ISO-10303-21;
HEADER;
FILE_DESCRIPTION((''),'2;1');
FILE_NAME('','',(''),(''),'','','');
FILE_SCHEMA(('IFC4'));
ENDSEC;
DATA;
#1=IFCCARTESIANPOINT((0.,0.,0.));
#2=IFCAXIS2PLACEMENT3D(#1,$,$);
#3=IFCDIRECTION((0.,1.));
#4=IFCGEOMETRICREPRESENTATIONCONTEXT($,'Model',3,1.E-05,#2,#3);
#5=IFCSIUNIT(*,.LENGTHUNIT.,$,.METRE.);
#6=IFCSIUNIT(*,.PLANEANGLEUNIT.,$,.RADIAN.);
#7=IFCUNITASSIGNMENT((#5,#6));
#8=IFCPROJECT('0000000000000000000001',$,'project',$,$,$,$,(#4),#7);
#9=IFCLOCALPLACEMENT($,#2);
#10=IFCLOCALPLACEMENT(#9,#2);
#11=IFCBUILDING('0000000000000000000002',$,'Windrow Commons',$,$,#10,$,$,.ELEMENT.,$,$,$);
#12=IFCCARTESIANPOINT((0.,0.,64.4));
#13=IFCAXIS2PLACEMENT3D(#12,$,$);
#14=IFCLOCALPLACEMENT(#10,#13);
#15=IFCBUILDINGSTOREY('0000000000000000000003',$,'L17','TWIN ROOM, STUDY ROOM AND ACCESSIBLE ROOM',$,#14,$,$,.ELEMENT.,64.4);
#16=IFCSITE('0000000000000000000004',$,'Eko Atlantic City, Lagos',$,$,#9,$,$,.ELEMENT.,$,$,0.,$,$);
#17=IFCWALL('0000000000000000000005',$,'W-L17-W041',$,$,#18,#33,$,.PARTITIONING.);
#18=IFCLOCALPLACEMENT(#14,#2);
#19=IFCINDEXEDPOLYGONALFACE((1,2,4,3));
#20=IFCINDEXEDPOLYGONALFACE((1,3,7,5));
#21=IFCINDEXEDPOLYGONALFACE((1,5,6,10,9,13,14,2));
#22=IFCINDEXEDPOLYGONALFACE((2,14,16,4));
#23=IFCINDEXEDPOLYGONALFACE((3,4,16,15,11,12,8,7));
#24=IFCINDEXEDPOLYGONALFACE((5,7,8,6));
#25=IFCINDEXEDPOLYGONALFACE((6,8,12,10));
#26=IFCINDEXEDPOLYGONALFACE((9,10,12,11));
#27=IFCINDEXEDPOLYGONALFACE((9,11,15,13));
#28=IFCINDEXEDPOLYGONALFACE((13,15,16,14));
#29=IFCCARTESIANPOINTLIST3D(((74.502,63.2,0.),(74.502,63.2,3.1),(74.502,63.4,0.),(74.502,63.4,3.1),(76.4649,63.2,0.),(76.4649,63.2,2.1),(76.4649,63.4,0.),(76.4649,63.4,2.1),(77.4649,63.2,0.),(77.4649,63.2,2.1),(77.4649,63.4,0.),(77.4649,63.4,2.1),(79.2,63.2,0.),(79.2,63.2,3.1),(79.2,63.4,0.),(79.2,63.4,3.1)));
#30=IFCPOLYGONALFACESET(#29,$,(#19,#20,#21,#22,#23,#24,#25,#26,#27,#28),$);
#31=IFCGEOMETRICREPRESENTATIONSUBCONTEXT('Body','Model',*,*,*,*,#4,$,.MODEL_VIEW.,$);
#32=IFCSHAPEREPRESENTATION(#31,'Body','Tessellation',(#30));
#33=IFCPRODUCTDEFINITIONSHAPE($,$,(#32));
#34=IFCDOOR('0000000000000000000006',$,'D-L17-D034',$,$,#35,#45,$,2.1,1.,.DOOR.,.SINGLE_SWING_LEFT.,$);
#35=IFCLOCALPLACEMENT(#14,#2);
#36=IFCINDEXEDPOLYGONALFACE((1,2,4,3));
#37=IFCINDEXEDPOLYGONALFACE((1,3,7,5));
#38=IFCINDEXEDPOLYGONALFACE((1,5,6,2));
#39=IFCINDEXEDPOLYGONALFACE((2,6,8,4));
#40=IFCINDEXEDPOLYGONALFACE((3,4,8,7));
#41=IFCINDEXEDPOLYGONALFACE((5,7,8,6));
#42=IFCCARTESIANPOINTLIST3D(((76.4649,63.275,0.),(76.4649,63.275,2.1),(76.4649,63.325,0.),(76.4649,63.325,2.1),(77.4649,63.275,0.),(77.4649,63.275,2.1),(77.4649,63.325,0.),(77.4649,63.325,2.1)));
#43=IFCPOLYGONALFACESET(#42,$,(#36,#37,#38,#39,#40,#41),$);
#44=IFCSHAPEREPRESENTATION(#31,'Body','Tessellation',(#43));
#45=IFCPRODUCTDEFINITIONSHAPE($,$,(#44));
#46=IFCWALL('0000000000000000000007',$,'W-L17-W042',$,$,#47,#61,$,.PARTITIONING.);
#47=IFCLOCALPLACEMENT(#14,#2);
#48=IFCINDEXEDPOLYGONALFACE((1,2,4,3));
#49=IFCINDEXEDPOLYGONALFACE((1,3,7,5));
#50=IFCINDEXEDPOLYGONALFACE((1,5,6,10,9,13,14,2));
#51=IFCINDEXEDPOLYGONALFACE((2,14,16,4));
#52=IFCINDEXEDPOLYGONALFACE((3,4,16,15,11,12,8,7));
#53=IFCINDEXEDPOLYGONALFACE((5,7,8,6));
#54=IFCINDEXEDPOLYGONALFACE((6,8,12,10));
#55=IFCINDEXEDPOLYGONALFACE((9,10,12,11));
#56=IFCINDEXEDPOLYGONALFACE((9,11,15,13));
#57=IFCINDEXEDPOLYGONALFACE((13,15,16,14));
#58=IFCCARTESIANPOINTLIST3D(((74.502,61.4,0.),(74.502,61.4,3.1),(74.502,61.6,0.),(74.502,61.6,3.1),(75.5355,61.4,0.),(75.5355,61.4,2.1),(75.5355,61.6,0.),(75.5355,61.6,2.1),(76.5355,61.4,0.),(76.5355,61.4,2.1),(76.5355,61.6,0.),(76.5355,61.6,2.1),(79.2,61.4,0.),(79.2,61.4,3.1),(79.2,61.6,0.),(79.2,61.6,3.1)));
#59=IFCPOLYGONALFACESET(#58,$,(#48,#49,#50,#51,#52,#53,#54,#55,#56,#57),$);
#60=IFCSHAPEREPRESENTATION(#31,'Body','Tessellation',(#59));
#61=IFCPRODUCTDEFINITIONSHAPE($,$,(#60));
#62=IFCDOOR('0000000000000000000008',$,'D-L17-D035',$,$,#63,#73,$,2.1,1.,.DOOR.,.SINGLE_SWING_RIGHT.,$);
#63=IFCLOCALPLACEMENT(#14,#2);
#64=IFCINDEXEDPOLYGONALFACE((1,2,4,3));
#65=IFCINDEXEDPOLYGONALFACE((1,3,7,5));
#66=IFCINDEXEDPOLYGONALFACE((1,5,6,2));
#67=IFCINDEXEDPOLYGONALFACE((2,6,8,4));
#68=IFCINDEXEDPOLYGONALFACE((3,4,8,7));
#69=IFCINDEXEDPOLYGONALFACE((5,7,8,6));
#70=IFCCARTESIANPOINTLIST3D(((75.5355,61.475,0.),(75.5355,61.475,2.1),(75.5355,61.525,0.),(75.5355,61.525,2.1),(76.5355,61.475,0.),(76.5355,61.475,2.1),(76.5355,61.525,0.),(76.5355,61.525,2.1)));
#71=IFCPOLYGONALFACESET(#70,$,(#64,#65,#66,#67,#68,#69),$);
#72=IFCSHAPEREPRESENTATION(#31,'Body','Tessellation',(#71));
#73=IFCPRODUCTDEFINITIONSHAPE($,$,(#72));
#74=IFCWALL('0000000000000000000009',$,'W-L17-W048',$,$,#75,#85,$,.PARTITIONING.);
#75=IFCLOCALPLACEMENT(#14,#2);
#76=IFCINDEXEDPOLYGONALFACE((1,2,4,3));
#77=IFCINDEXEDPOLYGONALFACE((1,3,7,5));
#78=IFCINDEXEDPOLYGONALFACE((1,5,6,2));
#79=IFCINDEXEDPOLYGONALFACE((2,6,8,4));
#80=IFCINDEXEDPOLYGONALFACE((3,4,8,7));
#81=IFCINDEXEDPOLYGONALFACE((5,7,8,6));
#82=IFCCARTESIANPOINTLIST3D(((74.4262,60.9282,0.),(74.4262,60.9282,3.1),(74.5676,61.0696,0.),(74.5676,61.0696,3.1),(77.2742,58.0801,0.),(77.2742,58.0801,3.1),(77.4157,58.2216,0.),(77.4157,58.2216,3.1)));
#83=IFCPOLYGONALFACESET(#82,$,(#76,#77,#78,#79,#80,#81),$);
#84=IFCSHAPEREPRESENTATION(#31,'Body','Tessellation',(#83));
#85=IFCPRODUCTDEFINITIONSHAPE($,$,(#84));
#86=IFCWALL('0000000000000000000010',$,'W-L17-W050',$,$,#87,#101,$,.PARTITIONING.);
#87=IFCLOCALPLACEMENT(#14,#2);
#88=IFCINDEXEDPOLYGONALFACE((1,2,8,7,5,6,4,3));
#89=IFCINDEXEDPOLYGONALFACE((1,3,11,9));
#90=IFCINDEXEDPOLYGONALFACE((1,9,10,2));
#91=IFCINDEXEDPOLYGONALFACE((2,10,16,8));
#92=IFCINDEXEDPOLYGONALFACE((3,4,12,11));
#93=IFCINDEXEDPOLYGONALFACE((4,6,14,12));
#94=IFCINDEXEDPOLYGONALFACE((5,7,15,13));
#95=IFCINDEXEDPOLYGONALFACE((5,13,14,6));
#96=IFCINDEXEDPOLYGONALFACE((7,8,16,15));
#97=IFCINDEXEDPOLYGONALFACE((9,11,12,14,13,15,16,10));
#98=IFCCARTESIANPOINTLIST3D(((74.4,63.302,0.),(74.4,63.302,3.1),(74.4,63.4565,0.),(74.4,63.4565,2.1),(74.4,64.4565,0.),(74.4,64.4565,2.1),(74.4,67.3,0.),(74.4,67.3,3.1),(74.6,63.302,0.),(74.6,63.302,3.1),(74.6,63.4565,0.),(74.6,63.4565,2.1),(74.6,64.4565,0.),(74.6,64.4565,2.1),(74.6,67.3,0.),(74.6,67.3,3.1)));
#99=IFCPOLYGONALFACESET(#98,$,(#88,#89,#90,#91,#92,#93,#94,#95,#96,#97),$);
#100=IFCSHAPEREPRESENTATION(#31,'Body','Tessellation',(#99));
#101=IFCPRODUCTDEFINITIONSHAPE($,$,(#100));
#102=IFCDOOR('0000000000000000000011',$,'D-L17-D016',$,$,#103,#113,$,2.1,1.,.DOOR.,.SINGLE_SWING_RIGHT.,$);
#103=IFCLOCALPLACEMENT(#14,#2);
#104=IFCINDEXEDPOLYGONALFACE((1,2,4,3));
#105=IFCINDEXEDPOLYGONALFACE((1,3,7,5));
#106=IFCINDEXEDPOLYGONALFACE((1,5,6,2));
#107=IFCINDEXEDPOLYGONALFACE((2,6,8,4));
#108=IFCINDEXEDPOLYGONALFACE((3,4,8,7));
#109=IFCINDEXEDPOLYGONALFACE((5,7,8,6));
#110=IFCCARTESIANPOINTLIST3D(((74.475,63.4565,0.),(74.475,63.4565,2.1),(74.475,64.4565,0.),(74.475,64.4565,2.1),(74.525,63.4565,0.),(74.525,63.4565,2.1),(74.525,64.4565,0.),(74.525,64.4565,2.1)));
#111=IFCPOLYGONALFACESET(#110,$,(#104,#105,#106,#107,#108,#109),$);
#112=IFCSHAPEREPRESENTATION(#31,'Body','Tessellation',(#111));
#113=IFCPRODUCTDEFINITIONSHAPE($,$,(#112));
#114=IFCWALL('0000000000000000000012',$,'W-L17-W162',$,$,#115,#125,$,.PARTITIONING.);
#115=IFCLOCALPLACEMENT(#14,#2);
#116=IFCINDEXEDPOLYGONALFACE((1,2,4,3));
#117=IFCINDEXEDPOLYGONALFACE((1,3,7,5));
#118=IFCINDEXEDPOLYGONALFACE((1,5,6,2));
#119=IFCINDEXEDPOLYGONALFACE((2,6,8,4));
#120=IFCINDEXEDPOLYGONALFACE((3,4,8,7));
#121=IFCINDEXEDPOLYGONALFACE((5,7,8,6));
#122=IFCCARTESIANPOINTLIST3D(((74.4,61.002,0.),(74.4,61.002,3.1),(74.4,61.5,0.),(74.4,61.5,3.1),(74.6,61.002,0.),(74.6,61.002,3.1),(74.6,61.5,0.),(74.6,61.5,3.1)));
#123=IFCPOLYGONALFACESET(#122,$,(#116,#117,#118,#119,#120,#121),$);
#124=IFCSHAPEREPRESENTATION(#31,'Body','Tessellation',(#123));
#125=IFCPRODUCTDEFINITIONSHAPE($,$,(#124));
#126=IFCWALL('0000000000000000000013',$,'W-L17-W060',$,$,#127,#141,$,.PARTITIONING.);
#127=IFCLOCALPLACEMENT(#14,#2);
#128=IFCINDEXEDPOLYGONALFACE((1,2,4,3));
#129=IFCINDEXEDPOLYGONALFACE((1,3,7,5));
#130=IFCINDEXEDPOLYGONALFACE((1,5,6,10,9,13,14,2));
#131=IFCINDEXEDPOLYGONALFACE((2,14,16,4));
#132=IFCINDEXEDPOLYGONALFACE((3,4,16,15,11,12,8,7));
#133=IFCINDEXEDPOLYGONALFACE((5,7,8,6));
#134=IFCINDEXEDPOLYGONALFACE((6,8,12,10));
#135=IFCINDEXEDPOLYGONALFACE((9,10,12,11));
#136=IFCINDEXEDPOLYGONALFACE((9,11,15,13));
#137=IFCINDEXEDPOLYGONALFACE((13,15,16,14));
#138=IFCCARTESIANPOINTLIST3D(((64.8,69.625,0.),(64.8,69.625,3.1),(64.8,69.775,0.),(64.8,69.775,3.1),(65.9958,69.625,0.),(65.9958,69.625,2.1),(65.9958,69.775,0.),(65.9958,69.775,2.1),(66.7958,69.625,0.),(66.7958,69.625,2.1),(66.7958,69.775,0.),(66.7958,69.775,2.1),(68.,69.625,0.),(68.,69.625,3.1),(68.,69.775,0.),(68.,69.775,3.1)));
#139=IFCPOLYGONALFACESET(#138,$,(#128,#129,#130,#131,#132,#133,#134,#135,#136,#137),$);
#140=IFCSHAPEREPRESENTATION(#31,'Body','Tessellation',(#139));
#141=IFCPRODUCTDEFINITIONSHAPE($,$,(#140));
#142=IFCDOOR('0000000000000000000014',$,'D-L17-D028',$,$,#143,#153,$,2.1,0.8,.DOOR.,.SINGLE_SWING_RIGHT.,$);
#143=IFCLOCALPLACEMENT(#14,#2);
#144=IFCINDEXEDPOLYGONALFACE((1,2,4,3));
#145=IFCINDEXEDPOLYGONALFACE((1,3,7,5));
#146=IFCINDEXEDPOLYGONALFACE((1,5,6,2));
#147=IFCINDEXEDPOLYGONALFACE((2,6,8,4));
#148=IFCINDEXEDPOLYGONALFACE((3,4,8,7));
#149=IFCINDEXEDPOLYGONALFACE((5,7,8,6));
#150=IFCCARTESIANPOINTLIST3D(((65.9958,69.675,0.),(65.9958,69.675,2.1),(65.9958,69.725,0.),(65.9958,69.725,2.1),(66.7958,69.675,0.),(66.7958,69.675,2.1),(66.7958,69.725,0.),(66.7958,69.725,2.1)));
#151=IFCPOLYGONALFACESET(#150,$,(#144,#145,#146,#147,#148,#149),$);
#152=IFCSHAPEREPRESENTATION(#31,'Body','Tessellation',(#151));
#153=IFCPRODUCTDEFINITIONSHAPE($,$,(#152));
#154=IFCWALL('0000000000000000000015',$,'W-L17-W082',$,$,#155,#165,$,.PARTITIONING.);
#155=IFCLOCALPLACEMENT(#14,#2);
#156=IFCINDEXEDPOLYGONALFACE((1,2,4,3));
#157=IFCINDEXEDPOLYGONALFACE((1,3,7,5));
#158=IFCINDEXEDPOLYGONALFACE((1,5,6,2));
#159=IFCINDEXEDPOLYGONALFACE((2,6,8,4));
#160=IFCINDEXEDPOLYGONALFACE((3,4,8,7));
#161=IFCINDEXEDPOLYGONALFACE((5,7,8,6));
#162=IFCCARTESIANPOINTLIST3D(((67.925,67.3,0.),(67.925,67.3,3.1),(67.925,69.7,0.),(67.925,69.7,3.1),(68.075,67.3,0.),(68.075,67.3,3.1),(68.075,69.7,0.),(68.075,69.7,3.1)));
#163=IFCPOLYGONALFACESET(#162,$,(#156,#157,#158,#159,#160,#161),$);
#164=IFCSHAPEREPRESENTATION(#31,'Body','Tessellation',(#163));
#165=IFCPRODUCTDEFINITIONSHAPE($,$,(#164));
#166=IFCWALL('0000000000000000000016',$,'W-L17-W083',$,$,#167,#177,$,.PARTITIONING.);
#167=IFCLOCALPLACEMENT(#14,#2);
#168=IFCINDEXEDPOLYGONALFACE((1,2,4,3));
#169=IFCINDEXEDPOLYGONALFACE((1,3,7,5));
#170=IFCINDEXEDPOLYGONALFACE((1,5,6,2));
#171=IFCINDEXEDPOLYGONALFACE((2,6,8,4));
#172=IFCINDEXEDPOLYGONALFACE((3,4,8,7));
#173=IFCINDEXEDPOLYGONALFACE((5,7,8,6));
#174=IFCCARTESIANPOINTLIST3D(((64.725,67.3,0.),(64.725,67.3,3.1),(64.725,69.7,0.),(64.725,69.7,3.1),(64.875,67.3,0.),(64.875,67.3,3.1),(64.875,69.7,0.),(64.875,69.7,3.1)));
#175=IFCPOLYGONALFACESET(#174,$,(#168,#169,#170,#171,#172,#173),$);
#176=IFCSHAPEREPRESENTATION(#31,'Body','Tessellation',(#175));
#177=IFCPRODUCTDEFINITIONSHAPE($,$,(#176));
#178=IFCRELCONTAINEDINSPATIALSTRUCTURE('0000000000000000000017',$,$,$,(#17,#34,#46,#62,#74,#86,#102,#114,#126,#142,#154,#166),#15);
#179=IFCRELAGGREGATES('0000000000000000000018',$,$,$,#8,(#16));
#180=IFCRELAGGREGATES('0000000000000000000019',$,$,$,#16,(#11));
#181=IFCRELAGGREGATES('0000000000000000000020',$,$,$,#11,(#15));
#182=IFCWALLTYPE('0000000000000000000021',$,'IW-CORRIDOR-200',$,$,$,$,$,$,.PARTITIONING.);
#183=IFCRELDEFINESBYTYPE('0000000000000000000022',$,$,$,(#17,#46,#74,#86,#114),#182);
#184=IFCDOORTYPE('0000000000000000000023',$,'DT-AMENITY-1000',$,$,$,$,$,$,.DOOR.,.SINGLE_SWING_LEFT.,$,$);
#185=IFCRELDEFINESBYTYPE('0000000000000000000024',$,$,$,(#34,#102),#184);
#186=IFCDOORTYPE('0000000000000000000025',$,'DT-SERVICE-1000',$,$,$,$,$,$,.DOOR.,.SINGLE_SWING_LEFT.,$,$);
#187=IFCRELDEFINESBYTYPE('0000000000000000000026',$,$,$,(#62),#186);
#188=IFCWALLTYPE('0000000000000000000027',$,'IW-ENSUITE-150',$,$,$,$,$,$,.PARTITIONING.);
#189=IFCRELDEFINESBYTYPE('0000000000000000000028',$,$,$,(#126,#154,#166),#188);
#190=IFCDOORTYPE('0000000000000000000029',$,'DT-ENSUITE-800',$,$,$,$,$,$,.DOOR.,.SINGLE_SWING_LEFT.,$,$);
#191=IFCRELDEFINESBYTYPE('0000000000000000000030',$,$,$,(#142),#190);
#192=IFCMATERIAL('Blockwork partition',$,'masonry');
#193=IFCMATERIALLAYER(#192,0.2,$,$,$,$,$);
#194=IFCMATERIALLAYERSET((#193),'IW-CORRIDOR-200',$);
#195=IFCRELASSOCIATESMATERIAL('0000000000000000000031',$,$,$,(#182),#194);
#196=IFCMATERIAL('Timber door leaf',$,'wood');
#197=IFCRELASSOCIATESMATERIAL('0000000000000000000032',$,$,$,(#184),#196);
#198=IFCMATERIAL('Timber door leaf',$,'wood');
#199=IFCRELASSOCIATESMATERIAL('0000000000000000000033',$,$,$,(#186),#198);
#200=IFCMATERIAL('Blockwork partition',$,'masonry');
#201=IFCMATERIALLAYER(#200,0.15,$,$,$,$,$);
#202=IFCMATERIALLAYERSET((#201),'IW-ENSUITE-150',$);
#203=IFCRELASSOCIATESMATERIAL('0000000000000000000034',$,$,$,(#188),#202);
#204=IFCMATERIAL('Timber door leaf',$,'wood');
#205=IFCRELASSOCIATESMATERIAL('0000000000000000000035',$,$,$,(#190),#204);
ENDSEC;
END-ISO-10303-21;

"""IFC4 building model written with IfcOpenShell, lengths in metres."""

from ifc_helpers import new_model, si_unit, direction, frame, frame_2d, origin, place, context, subcontext, project, spatial, rectangle, extrude, material, layer, layer_set, type_object, element, fill, save


model = new_model("IFC4")

# Units and contexts
model_context = context("Model", 3, precision=1e-05, world=origin(), true_north=direction((0.0, 1.0)))
body_context = subcontext(model_context, "Body", "Model", "MODEL_VIEW")
ifc_project = project(units=[si_unit("LENGTHUNIT", "METRE"), si_unit("PLANEANGLEUNIT", "RADIAN")], contexts=[model_context])

# Site, building, storey
site_placement = place(None, origin())
site = spatial("IfcSite", under=ifc_project, at=site_placement, Name="Eko Atlantic City, Lagos", CompositionType="ELEMENT", RefElevation=0.0)
building_placement = place(site_placement, origin())
building = spatial("IfcBuilding", under=site, at=building_placement, Name="Windrow Commons", CompositionType="ELEMENT")
storey_placement = place(building_placement, frame((0.0, 0.0, 64.4)))
storey = spatial("IfcBuildingStorey", under=building, at=storey_placement, Name="L17", Description="TWIN ROOM, STUDY ROOM AND ACCESSIBLE ROOM", CompositionType="ELEMENT", Elevation=64.4)

# Walls, openings, doors
ifc_material_1 = material(Name="Blockwork partition", Category="masonry")
ifc_layer_1 = layer(ifc_material_1, 0.2)
ifc_layer_set_1 = layer_set([ifc_layer_1], Name="IW-CORRIDOR-200")
wall_type_1 = type_object("IfcWallType", Name="IW-CORRIDOR-200", PredefinedType="PARTITIONING", material=ifc_layer_set_1)
wall_1_placement = place(storey_placement, frame((74.502, 63.3, 0.0), z_axis=(0.0, 0.0, 1.0), x_axis=(1.0, 0.0, 0.0)))
wall_1 = element("IfcWall", 1, at=wall_1_placement, inside=storey, type_object=wall_type_1, Name="W-L17-W041", PredefinedType="PARTITIONING", context=body_context, shape_type="SweptSolid", body=[
    extrude(rectangle(XDim=4.698, YDim=0.2, at=frame_2d((2.349, 0.0))), origin(), (0.0, 0.0, 1.0), 3.1),
])
opening_1_placement = place(wall_1_placement, frame((1.9629, 0.0, 0.0)))
opening_1 = element("IfcOpeningElement", 2, at=opening_1_placement, cuts=wall_1, PredefinedType="OPENING", context=body_context, shape_type="SweptSolid", body=[
    extrude(rectangle(XDim=1.0, YDim=2.1, at=frame_2d((0.5, 1.05))), frame((0.0, 0.11, 0.0), z_axis=(0.0, -1.0, 0.0), x_axis=(1.0, 0.0, 0.0)), (0.0, 0.0, 1.0), 0.22),
])
ifc_material_2 = material(Name="Timber door leaf", Category="wood")
door_type_1 = type_object("IfcDoorType", Name="DT-AMENITY-1000", OperationType="SINGLE_SWING_LEFT", PredefinedType="DOOR", material=ifc_material_2)
door_1_placement = place(opening_1_placement, origin())
door_1 = element("IfcDoor", 3, at=door_1_placement, inside=storey, type_object=door_type_1, Name="D-L17-D034", OperationType="SINGLE_SWING_LEFT", OverallHeight=2.1, OverallWidth=1.0, PredefinedType="DOOR", context=body_context, shape_type="SweptSolid", body=[
    extrude(rectangle(XDim=1.0, YDim=2.1, at=frame_2d((0.5, 1.05))), frame((0.0, 0.025, 0.0), z_axis=(0.0, -1.0, 0.0), x_axis=(1.0, 0.0, 0.0)), (0.0, 0.0, 1.0), 0.05),
])
fill(opening_1, door_1)
wall_2_placement = place(storey_placement, frame((74.502, 61.5, 0.0), z_axis=(0.0, 0.0, 1.0), x_axis=(1.0, 0.0, 0.0)))
wall_2 = element("IfcWall", 4, at=wall_2_placement, inside=storey, type_object=wall_type_1, Name="W-L17-W042", PredefinedType="PARTITIONING", context=body_context, shape_type="SweptSolid", body=[
    extrude(rectangle(XDim=4.698, YDim=0.2, at=frame_2d((2.349, 0.0))), origin(), (0.0, 0.0, 1.0), 3.1),
])
opening_2_placement = place(wall_2_placement, frame((1.0335, 0.0, 0.0)))
opening_2 = element("IfcOpeningElement", 5, at=opening_2_placement, cuts=wall_2, PredefinedType="OPENING", context=body_context, shape_type="SweptSolid", body=[
    extrude(rectangle(XDim=1.0, YDim=2.1, at=frame_2d((0.5, 1.05))), frame((0.0, 0.11, 0.0), z_axis=(0.0, -1.0, 0.0), x_axis=(1.0, 0.0, 0.0)), (0.0, 0.0, 1.0), 0.22),
])
ifc_material_3 = material(Name="Timber door leaf", Category="wood")
door_type_2 = type_object("IfcDoorType", Name="DT-SERVICE-1000", OperationType="SINGLE_SWING_LEFT", PredefinedType="DOOR", material=ifc_material_3)
door_2_placement = place(opening_2_placement, origin())
door_2 = element("IfcDoor", 6, at=door_2_placement, inside=storey, type_object=door_type_2, Name="D-L17-D035", OperationType="SINGLE_SWING_RIGHT", OverallHeight=2.1, OverallWidth=1.0, PredefinedType="DOOR", context=body_context, shape_type="SweptSolid", body=[
    extrude(rectangle(XDim=1.0, YDim=2.1, at=frame_2d((0.5, 1.05))), frame((0.0, 0.025, 0.0), z_axis=(0.0, -1.0, 0.0), x_axis=(1.0, 0.0, 0.0)), (0.0, 0.0, 1.0), 0.05),
])
fill(opening_2, door_2)

# Wall
wall_3_placement = place(storey_placement, frame((74.4969, 60.9989, 0.0), z_axis=(0.0, 0.0, 1.0), x_axis=(0.707107, -0.707107, 0.0)))
element("IfcWall", 7, at=wall_3_placement, inside=storey, type_object=wall_type_1, Name="W-L17-W048", PredefinedType="PARTITIONING", context=body_context, shape_type="SweptSolid", body=[
    extrude(rectangle(XDim=4.0277, YDim=0.2, at=frame_2d((2.0139, 0.0))), origin(), (0.0, 0.0, 1.0), 3.1),
])

# Wall, opening, door
wall_4_placement = place(storey_placement, frame((74.5, 63.302, 0.0), z_axis=(0.0, 0.0, 1.0), x_axis=(0.0, 1.0, 0.0)))
wall_4 = element("IfcWall", 8, at=wall_4_placement, inside=storey, type_object=wall_type_1, Name="W-L17-W050", PredefinedType="PARTITIONING", context=body_context, shape_type="SweptSolid", body=[
    extrude(rectangle(XDim=3.998, YDim=0.2, at=frame_2d((1.999, 0.0))), origin(), (0.0, 0.0, 1.0), 3.1),
])
opening_3_placement = place(wall_4_placement, frame((0.1545, 0.0, 0.0)))
opening_3 = element("IfcOpeningElement", 9, at=opening_3_placement, cuts=wall_4, PredefinedType="OPENING", context=body_context, shape_type="SweptSolid", body=[
    extrude(rectangle(XDim=1.0, YDim=2.1, at=frame_2d((0.5, 1.05))), frame((0.0, 0.11, 0.0), z_axis=(0.0, -1.0, 0.0), x_axis=(1.0, 0.0, 0.0)), (0.0, 0.0, 1.0), 0.22),
])
door_3_placement = place(opening_3_placement, origin())
door_3 = element("IfcDoor", 10, at=door_3_placement, inside=storey, type_object=door_type_1, Name="D-L17-D016", OperationType="SINGLE_SWING_RIGHT", OverallHeight=2.1, OverallWidth=1.0, PredefinedType="DOOR", context=body_context, shape_type="SweptSolid", body=[
    extrude(rectangle(XDim=1.0, YDim=2.1, at=frame_2d((0.5, 1.05))), frame((0.0, 0.025, 0.0), z_axis=(0.0, -1.0, 0.0), x_axis=(1.0, 0.0, 0.0)), (0.0, 0.0, 1.0), 0.05),
])
fill(opening_3, door_3)

# Wall
wall_5_placement = place(storey_placement, frame((74.5, 61.002, 0.0), z_axis=(0.0, 0.0, 1.0), x_axis=(0.0, 1.0, 0.0)))
element("IfcWall", 11, at=wall_5_placement, inside=storey, type_object=wall_type_1, Name="W-L17-W162", PredefinedType="PARTITIONING", context=body_context, shape_type="SweptSolid", body=[
    extrude(rectangle(XDim=0.498, YDim=0.2, at=frame_2d((0.249, 0.0))), origin(), (0.0, 0.0, 1.0), 3.1),
])

# Wall, opening, door
ifc_material_4 = material(Name="Blockwork partition", Category="masonry")
ifc_layer_2 = layer(ifc_material_4, 0.15)
ifc_layer_set_2 = layer_set([ifc_layer_2], Name="IW-ENSUITE-150")
wall_type_2 = type_object("IfcWallType", Name="IW-ENSUITE-150", PredefinedType="PARTITIONING", material=ifc_layer_set_2)
wall_6_placement = place(storey_placement, frame((64.8, 69.7, 0.0), z_axis=(0.0, 0.0, 1.0), x_axis=(1.0, 0.0, 0.0)))
wall_6 = element("IfcWall", 12, at=wall_6_placement, inside=storey, type_object=wall_type_2, Name="W-L17-W060", PredefinedType="PARTITIONING", context=body_context, shape_type="SweptSolid", body=[
    extrude(rectangle(XDim=3.2, YDim=0.15, at=frame_2d((1.6, 0.0))), origin(), (0.0, 0.0, 1.0), 3.1),
])
opening_4_placement = place(wall_6_placement, frame((1.1958, 0.0, 0.0)))
opening_4 = element("IfcOpeningElement", 13, at=opening_4_placement, cuts=wall_6, PredefinedType="OPENING", context=body_context, shape_type="SweptSolid", body=[
    extrude(rectangle(XDim=0.8, YDim=2.1, at=frame_2d((0.4, 1.05))), frame((0.0, 0.085, 0.0), z_axis=(0.0, -1.0, 0.0), x_axis=(1.0, 0.0, 0.0)), (0.0, 0.0, 1.0), 0.17),
])
ifc_material_5 = material(Name="Timber door leaf", Category="wood")
door_type_3 = type_object("IfcDoorType", Name="DT-ENSUITE-800", OperationType="SINGLE_SWING_LEFT", PredefinedType="DOOR", material=ifc_material_5)
door_4_placement = place(opening_4_placement, origin())
door_4 = element("IfcDoor", 14, at=door_4_placement, inside=storey, type_object=door_type_3, Name="D-L17-D028", OperationType="SINGLE_SWING_RIGHT", OverallHeight=2.1, OverallWidth=0.8, PredefinedType="DOOR", context=body_context, shape_type="SweptSolid", body=[
    extrude(rectangle(XDim=0.8, YDim=2.1, at=frame_2d((0.4, 1.05))), frame((0.0, 0.025, 0.0), z_axis=(0.0, -1.0, 0.0), x_axis=(1.0, 0.0, 0.0)), (0.0, 0.0, 1.0), 0.05),
])
fill(opening_4, door_4)

# Walls
for number, where, z_axis, x_axis, name in (
    (15, (68.0, 67.3, 0.0), (0.0, 0.0, 1.0), (0.0, 1.0, 0.0), "W-L17-W082"),
    (16, (64.8, 67.3, 0.0), (0.0, 0.0, 1.0), (0.0, 1.0, 0.0), "W-L17-W083"),
):
    element("IfcWall", number, at=place(storey_placement, frame(where, z_axis=z_axis, x_axis=x_axis)), inside=storey, type_object=wall_type_2, Name=name, PredefinedType="PARTITIONING", context=body_context, shape_type="SweptSolid", body=[
        extrude(rectangle(XDim=2.4, YDim=0.15, at=frame_2d((1.2, 0.0))), origin(), (0.0, 0.0, 1.0), 3.1),
    ])

save(model, "model.ifc")
